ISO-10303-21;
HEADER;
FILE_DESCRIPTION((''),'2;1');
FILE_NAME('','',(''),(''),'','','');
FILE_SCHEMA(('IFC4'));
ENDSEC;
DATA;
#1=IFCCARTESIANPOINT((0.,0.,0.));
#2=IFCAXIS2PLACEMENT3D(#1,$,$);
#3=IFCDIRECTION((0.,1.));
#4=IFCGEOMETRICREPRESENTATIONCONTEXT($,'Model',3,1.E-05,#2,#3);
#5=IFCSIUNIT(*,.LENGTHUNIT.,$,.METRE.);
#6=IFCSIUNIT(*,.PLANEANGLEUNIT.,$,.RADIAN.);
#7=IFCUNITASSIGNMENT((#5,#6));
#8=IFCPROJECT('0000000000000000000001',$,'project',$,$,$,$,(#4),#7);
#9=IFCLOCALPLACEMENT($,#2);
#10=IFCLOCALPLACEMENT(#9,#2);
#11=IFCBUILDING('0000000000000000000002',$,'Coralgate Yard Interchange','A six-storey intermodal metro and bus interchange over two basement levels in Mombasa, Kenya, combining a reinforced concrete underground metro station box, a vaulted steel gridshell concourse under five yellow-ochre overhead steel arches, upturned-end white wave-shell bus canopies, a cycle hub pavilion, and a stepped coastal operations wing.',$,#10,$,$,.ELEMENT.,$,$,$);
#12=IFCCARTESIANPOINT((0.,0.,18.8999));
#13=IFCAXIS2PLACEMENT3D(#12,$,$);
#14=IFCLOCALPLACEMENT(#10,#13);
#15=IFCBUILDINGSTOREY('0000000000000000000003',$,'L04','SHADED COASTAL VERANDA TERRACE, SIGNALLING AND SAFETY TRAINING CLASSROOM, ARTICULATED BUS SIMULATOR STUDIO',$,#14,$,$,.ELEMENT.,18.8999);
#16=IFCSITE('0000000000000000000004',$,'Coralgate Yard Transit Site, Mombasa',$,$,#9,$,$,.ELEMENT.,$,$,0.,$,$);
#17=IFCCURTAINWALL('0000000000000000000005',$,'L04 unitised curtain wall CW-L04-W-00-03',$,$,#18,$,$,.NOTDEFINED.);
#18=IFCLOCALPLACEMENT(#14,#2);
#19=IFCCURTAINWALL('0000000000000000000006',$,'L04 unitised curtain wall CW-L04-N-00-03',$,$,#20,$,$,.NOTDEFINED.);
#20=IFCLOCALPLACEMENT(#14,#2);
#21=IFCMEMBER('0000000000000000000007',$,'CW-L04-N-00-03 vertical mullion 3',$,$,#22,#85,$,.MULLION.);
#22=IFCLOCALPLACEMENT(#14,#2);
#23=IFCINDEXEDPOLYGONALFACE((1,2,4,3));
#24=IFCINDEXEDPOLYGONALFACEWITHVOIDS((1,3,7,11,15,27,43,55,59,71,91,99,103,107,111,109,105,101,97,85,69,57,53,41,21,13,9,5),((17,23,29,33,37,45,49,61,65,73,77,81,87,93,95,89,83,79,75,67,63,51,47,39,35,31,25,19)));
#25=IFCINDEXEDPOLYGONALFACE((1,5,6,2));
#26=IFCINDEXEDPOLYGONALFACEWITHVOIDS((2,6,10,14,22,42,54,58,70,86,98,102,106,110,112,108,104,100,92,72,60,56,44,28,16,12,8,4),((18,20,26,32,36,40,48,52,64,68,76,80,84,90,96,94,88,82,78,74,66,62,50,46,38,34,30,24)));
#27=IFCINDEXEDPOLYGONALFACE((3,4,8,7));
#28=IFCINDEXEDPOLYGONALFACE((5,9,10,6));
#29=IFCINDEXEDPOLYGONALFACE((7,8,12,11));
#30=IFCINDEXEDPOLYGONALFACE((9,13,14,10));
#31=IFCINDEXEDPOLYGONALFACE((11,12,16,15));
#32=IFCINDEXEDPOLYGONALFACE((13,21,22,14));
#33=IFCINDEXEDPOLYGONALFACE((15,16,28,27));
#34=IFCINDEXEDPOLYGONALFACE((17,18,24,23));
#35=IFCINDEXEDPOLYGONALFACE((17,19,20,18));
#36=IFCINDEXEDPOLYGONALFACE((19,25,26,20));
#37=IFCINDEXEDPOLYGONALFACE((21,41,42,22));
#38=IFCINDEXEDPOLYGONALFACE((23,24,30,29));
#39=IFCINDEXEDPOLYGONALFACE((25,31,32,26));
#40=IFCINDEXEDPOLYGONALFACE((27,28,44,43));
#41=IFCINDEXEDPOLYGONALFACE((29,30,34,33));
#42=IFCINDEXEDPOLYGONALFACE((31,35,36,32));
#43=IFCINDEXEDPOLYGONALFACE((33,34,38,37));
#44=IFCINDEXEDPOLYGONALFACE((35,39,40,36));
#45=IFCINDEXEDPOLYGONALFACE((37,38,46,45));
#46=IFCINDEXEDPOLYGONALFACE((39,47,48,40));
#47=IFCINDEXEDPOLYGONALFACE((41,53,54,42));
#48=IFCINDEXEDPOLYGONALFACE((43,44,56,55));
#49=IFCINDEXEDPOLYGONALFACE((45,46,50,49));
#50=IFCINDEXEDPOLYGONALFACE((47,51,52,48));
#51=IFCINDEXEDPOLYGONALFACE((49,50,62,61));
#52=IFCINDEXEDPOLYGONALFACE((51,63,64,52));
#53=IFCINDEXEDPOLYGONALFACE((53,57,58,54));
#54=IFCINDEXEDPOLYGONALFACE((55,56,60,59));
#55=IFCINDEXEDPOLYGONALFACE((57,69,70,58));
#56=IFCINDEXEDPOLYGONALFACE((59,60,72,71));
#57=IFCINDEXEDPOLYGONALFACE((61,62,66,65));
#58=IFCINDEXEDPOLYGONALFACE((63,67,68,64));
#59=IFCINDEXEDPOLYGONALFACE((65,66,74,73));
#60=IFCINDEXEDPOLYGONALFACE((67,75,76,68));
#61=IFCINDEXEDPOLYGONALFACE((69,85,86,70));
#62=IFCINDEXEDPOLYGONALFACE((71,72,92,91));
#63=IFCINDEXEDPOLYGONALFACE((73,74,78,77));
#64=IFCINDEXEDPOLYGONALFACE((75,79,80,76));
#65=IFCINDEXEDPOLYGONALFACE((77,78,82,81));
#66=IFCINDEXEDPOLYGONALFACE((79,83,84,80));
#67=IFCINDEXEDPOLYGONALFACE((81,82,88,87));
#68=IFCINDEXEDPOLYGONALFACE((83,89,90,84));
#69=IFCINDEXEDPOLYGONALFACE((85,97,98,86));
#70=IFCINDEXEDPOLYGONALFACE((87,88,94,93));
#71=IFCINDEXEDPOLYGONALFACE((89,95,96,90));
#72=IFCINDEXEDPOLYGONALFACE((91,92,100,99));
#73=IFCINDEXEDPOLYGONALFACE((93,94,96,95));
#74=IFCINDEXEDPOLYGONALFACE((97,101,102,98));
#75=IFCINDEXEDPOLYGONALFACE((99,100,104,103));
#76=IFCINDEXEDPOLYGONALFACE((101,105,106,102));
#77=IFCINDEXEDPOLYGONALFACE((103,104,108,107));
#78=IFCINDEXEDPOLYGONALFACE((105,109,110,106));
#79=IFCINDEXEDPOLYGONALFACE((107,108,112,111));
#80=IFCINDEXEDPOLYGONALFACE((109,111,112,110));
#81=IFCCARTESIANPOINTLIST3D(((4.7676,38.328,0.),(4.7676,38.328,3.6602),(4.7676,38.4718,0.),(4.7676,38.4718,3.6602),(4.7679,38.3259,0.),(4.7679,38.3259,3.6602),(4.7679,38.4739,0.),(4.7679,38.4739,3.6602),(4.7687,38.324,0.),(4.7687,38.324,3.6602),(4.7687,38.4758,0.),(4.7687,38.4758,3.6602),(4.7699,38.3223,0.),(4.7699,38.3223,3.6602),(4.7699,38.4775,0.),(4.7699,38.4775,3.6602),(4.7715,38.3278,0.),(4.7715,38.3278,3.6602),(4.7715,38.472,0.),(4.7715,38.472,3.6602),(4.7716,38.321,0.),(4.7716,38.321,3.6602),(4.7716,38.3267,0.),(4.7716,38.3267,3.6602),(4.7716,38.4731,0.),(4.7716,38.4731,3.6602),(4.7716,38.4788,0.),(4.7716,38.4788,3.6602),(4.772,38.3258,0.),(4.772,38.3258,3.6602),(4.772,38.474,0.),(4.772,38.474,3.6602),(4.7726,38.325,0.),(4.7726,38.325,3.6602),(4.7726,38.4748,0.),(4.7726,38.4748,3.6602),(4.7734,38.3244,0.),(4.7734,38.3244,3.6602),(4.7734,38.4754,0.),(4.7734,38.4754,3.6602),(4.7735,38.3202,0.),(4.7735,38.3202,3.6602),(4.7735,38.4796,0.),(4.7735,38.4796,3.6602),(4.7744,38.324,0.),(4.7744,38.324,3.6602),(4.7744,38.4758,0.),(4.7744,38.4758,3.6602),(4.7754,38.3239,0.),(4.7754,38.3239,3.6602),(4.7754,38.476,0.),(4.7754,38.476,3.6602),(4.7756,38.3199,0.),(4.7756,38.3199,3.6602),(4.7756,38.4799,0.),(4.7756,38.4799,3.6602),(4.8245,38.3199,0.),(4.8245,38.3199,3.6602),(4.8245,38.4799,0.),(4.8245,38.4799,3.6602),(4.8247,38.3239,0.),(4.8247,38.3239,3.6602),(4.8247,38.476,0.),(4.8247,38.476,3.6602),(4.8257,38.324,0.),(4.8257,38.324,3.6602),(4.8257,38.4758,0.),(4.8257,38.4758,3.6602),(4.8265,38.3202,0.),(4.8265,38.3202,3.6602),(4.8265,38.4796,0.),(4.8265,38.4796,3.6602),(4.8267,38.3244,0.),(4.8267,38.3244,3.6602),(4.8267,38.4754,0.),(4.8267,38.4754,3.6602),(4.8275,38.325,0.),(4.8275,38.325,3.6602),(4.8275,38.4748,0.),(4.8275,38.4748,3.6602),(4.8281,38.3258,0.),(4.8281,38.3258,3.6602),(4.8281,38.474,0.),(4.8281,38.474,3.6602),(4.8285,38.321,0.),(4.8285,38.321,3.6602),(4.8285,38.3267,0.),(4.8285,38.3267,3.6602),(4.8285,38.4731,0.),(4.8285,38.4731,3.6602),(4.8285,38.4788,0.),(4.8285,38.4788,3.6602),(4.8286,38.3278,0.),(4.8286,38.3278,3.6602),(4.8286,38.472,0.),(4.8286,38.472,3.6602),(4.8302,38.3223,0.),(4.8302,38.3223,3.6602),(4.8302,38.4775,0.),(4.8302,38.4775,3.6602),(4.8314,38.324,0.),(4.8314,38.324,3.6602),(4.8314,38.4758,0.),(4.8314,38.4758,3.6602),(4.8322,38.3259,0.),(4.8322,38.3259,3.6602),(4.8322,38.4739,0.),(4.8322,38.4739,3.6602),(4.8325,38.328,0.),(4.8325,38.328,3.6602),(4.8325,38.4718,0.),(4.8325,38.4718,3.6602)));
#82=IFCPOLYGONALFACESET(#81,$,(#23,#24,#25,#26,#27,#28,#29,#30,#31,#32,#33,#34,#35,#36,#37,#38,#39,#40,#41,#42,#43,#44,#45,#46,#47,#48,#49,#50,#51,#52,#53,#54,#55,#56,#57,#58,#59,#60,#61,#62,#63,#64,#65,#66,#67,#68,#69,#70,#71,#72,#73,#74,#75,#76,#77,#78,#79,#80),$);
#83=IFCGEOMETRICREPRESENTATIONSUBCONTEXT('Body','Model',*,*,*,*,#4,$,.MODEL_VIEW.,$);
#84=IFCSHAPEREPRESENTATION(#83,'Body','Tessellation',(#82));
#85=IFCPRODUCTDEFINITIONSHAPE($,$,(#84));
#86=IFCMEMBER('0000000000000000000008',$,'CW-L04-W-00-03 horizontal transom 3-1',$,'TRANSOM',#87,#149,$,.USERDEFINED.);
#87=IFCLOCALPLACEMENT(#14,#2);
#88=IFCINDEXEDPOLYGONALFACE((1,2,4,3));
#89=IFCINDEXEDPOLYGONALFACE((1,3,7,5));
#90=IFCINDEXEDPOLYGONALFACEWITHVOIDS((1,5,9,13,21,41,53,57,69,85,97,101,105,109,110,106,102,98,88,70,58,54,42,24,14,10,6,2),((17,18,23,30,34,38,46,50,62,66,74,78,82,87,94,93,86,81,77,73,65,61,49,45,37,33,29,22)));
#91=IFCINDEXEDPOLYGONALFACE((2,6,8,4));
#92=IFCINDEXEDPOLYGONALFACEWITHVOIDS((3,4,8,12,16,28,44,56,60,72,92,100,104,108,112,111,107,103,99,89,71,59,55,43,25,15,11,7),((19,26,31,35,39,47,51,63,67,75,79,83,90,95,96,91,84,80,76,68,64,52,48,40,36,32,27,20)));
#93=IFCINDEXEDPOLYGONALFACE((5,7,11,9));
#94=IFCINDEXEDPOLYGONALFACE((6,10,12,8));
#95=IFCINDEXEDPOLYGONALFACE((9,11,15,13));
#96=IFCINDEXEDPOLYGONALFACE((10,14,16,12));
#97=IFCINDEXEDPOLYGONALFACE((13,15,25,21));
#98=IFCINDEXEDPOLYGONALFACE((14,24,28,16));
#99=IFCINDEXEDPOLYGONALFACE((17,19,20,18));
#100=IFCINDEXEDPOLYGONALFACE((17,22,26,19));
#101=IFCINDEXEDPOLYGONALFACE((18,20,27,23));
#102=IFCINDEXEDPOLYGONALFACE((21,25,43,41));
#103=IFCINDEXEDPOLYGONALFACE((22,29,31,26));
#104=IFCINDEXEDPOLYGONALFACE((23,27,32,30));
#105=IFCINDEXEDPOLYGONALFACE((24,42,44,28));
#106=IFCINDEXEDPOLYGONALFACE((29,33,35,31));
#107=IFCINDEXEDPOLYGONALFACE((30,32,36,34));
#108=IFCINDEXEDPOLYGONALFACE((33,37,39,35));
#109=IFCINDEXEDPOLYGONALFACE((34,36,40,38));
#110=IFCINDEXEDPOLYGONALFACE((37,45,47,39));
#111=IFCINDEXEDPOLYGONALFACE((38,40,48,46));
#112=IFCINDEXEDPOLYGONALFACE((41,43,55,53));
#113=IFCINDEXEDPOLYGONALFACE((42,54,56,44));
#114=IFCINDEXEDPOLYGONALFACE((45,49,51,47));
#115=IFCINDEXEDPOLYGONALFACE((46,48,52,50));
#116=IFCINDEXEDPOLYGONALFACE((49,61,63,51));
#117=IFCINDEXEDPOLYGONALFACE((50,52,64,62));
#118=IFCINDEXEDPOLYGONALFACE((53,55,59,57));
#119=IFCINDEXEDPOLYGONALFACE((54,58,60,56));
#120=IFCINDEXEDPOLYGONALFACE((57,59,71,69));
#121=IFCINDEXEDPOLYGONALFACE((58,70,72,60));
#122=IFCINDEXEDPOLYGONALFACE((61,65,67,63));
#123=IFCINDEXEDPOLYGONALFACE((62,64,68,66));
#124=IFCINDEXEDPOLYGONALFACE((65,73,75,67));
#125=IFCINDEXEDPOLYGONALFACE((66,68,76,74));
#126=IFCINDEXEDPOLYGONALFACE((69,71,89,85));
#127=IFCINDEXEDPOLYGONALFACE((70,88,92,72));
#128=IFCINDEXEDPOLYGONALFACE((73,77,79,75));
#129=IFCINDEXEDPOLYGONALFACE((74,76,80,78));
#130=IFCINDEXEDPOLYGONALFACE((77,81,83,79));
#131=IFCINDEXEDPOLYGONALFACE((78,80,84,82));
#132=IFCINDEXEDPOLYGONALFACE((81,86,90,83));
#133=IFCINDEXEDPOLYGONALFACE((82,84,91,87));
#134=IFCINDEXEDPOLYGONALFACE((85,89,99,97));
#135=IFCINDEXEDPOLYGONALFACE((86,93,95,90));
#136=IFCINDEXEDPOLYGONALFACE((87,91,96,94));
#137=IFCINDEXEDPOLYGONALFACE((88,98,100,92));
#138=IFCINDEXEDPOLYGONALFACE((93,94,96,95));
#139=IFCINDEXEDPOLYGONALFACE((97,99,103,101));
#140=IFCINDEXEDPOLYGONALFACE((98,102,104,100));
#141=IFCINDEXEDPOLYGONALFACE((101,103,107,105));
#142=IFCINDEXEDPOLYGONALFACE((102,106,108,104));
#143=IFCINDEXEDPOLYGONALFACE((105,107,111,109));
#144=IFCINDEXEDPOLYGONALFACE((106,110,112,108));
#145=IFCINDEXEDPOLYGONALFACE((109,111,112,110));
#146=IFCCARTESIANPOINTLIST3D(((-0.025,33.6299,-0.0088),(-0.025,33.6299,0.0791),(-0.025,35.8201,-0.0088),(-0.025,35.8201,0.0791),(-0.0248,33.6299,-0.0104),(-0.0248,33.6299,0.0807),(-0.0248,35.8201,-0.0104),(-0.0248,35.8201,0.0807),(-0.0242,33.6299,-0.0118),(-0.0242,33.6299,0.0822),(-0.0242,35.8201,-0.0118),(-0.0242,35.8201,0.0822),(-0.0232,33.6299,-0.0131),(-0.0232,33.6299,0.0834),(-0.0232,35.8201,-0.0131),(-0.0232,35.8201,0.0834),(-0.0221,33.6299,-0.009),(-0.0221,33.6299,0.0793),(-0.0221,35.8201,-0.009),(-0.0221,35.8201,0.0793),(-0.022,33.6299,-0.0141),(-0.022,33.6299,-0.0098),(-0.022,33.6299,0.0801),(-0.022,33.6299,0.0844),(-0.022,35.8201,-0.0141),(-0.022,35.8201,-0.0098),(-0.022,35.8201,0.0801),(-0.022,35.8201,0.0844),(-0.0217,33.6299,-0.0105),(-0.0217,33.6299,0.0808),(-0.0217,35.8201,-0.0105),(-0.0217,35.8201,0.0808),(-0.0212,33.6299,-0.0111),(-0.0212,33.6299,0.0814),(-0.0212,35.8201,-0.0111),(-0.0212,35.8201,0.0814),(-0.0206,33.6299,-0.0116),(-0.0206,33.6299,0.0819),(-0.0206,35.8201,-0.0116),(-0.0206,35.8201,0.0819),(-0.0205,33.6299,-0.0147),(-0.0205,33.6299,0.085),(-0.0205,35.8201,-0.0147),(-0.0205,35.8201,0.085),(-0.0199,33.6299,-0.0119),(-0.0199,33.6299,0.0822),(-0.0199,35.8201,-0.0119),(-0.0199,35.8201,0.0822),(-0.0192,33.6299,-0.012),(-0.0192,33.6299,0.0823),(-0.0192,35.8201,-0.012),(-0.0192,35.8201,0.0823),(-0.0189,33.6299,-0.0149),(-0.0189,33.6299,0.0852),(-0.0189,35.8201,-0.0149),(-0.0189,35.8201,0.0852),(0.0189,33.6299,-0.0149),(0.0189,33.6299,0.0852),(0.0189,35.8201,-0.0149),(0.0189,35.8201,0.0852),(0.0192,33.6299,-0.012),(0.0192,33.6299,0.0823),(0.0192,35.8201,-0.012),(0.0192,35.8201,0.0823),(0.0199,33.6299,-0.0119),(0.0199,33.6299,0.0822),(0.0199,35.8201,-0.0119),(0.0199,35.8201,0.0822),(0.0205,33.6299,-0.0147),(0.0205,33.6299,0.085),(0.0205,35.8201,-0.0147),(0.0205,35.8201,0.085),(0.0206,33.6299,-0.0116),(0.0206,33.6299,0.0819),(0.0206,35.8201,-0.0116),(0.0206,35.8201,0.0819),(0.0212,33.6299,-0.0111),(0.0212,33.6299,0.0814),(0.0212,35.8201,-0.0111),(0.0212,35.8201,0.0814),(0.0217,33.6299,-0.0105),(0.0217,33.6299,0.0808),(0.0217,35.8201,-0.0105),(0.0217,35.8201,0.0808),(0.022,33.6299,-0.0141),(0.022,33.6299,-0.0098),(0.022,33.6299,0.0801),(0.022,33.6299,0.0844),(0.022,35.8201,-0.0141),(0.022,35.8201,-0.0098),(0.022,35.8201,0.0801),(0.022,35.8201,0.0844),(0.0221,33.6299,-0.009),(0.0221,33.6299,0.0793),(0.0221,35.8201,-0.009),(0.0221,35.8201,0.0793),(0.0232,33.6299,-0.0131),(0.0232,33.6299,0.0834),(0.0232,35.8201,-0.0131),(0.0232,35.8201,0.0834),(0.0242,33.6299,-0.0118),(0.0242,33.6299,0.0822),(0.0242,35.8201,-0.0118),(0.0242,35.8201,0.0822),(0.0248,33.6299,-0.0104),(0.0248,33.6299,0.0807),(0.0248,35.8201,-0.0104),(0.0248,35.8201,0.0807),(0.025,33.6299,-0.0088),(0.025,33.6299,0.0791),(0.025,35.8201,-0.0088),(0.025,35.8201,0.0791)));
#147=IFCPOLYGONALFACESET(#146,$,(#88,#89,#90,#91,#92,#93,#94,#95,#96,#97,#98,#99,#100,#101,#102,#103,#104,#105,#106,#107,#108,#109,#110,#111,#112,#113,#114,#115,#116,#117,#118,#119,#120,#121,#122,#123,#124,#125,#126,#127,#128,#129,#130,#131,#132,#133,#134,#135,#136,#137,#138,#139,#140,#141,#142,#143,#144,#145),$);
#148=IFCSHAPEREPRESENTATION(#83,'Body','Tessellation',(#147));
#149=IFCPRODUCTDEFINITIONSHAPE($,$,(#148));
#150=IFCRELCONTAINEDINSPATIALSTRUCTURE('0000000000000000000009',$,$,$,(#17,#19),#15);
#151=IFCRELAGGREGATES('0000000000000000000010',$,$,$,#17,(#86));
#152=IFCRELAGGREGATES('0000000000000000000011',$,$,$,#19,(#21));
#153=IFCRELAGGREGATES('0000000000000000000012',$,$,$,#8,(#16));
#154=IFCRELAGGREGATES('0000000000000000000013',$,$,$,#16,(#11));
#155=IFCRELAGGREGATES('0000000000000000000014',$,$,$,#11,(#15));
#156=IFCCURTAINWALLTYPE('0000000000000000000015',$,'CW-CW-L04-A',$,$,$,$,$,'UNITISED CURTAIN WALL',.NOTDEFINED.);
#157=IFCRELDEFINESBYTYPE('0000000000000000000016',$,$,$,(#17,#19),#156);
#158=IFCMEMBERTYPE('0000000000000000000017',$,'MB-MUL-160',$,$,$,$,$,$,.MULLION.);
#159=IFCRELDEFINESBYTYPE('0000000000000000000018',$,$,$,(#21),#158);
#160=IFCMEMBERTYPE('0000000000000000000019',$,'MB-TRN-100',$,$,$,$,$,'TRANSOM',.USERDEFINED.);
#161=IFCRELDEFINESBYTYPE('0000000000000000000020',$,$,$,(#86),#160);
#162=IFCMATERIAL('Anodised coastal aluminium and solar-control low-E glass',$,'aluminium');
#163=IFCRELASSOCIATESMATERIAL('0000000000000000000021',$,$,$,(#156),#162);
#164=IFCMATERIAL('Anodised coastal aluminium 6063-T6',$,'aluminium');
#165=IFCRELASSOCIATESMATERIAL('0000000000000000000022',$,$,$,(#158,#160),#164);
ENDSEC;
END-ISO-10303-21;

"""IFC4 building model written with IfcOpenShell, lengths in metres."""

from ifc_helpers import new_model, si_unit, direction, frame, origin, origin_2d, place, context, subcontext, project, spatial, hollow_rectangle, extrude, material, material_profile, profile_set, type_object, element, aggregate, save


model = new_model("IFC4")

# Units and contexts
model_context = context("Model", 3, precision=1e-05, world=origin(), true_north=direction((0.0, 1.0)))
body_context = subcontext(model_context, "Body", "Model", "MODEL_VIEW")
ifc_project = project(units=[si_unit("LENGTHUNIT", "METRE"), si_unit("PLANEANGLEUNIT", "RADIAN")], contexts=[model_context])

# Site, building, storey
site_placement = place(None, origin())
site = spatial("IfcSite", under=ifc_project, at=site_placement, Name="Coralgate Yard Transit Site, Mombasa", CompositionType="ELEMENT", RefElevation=0.0)
building_placement = place(site_placement, origin())
building = spatial("IfcBuilding", under=site, at=building_placement, Name="Coralgate Yard Interchange", Description="A six-storey intermodal metro and bus interchange over two basement levels in Mombasa, Kenya, combining a reinforced concrete underground metro station box, a vaulted steel gridshell concourse under five yellow-ochre overhead steel arches, upturned-end white wave-shell bus canopies, a cycle hub pavilion, and a stepped coastal operations wing.", CompositionType="ELEMENT")
storey_placement = place(building_placement, frame((0.0, 0.0, 18.8999)))
storey = spatial("IfcBuildingStorey", under=building, at=storey_placement, Name="L04", Description="SHADED COASTAL VERANDA TERRACE, SIGNALLING AND SAFETY TRAINING CLASSROOM, ARTICULATED BUS SIMULATOR STUDIO", CompositionType="ELEMENT", Elevation=18.8999)

# Curtain walls, member
ifc_material_1 = material(Name="Anodised coastal aluminium and solar-control low-E glass", Category="aluminium")
curtain_wall_type = type_object("IfcCurtainWallType", Name="CW-CW-L04-A", ElementType="UNITISED CURTAIN WALL", PredefinedType="NOTDEFINED", material=ifc_material_1)
curtain_wall_1_placement = place(storey_placement, origin())
curtain_wall_1 = element("IfcCurtainWall", 1, at=curtain_wall_1_placement, inside=storey, type_object=curtain_wall_type, Name="L04 unitised curtain wall CW-L04-W-00-03", PredefinedType="NOTDEFINED")
ifc_material_2 = material(Name="Anodised coastal aluminium 6063-T6", Category="aluminium")
ifc_material_profile_1 = material_profile(ifc_material_2, hollow_rectangle(XDim=0.0649, YDim=0.1599, WallThickness=0.0039, InnerFilletRadius=0.0039, OuterFilletRadius=0.0081, at=origin_2d()), Name="ALU 65x160x4")
ifc_profile_set_1 = profile_set([ifc_material_profile_1], Name="Anodised coastal aluminium 6063-T6")
member_type_1 = type_object("IfcMemberType", Name="MB-MUL-160", PredefinedType="MULLION", material=ifc_profile_set_1)
curtain_wall_2_placement = place(storey_placement, origin())
curtain_wall_2 = element("IfcCurtainWall", 2, at=curtain_wall_2_placement, inside=storey, type_object=curtain_wall_type, Name="L04 unitised curtain wall CW-L04-N-00-03", PredefinedType="NOTDEFINED")
member_1_placement = place(storey_placement, frame((4.8, 38.3999, 0.0), z_axis=(0.0, 0.0, 1.0), x_axis=(1.0, 0.0, 0.0)))
member_1 = element("IfcMember", 3, at=member_1_placement, type_object=member_type_1, Name="CW-L04-N-00-03 vertical mullion 3", PredefinedType="MULLION", context=body_context, shape_type="SweptSolid", body=[
    extrude(hollow_rectangle(XDim=0.0649, YDim=0.1599, WallThickness=0.0039, InnerFilletRadius=0.0039, OuterFilletRadius=0.0081, at=origin_2d()), origin(), (0.0, 0.0, 1.0), 3.6602),
])

# Member
ifc_material_profile_2 = material_profile(ifc_material_2, hollow_rectangle(XDim=0.05, YDim=0.1001, WallThickness=0.0029, InnerFilletRadius=0.0029, OuterFilletRadius=0.0061, at=origin_2d()), Name="ALU 50x100x3")
ifc_profile_set_2 = profile_set([ifc_material_profile_2], Name="Anodised coastal aluminium 6063-T6")
member_type_2 = type_object("IfcMemberType", Name="MB-TRN-100", ElementType="TRANSOM", PredefinedType="USERDEFINED", material=ifc_profile_set_2)
member_2_placement = place(storey_placement, frame((0.0, 33.6299, 0.0352), z_axis=(0.0, 1.0, 0.0), x_axis=(-1.0, 0.0, 0.0)))
member_2 = element("IfcMember", 4, at=member_2_placement, type_object=member_type_2, Name="CW-L04-W-00-03 horizontal transom 3-1", ObjectType="TRANSOM", PredefinedType="USERDEFINED", context=body_context, shape_type="SweptSolid", body=[
    extrude(hollow_rectangle(XDim=0.05, YDim=0.1001, WallThickness=0.0029, InnerFilletRadius=0.0029, OuterFilletRadius=0.0061, at=origin_2d()), origin(), (0.0, 0.0, 1.0), 2.1902),
])

aggregate(curtain_wall_1, [member_2])
aggregate(curtain_wall_2, [member_1])

save(model, "model.ifc")
